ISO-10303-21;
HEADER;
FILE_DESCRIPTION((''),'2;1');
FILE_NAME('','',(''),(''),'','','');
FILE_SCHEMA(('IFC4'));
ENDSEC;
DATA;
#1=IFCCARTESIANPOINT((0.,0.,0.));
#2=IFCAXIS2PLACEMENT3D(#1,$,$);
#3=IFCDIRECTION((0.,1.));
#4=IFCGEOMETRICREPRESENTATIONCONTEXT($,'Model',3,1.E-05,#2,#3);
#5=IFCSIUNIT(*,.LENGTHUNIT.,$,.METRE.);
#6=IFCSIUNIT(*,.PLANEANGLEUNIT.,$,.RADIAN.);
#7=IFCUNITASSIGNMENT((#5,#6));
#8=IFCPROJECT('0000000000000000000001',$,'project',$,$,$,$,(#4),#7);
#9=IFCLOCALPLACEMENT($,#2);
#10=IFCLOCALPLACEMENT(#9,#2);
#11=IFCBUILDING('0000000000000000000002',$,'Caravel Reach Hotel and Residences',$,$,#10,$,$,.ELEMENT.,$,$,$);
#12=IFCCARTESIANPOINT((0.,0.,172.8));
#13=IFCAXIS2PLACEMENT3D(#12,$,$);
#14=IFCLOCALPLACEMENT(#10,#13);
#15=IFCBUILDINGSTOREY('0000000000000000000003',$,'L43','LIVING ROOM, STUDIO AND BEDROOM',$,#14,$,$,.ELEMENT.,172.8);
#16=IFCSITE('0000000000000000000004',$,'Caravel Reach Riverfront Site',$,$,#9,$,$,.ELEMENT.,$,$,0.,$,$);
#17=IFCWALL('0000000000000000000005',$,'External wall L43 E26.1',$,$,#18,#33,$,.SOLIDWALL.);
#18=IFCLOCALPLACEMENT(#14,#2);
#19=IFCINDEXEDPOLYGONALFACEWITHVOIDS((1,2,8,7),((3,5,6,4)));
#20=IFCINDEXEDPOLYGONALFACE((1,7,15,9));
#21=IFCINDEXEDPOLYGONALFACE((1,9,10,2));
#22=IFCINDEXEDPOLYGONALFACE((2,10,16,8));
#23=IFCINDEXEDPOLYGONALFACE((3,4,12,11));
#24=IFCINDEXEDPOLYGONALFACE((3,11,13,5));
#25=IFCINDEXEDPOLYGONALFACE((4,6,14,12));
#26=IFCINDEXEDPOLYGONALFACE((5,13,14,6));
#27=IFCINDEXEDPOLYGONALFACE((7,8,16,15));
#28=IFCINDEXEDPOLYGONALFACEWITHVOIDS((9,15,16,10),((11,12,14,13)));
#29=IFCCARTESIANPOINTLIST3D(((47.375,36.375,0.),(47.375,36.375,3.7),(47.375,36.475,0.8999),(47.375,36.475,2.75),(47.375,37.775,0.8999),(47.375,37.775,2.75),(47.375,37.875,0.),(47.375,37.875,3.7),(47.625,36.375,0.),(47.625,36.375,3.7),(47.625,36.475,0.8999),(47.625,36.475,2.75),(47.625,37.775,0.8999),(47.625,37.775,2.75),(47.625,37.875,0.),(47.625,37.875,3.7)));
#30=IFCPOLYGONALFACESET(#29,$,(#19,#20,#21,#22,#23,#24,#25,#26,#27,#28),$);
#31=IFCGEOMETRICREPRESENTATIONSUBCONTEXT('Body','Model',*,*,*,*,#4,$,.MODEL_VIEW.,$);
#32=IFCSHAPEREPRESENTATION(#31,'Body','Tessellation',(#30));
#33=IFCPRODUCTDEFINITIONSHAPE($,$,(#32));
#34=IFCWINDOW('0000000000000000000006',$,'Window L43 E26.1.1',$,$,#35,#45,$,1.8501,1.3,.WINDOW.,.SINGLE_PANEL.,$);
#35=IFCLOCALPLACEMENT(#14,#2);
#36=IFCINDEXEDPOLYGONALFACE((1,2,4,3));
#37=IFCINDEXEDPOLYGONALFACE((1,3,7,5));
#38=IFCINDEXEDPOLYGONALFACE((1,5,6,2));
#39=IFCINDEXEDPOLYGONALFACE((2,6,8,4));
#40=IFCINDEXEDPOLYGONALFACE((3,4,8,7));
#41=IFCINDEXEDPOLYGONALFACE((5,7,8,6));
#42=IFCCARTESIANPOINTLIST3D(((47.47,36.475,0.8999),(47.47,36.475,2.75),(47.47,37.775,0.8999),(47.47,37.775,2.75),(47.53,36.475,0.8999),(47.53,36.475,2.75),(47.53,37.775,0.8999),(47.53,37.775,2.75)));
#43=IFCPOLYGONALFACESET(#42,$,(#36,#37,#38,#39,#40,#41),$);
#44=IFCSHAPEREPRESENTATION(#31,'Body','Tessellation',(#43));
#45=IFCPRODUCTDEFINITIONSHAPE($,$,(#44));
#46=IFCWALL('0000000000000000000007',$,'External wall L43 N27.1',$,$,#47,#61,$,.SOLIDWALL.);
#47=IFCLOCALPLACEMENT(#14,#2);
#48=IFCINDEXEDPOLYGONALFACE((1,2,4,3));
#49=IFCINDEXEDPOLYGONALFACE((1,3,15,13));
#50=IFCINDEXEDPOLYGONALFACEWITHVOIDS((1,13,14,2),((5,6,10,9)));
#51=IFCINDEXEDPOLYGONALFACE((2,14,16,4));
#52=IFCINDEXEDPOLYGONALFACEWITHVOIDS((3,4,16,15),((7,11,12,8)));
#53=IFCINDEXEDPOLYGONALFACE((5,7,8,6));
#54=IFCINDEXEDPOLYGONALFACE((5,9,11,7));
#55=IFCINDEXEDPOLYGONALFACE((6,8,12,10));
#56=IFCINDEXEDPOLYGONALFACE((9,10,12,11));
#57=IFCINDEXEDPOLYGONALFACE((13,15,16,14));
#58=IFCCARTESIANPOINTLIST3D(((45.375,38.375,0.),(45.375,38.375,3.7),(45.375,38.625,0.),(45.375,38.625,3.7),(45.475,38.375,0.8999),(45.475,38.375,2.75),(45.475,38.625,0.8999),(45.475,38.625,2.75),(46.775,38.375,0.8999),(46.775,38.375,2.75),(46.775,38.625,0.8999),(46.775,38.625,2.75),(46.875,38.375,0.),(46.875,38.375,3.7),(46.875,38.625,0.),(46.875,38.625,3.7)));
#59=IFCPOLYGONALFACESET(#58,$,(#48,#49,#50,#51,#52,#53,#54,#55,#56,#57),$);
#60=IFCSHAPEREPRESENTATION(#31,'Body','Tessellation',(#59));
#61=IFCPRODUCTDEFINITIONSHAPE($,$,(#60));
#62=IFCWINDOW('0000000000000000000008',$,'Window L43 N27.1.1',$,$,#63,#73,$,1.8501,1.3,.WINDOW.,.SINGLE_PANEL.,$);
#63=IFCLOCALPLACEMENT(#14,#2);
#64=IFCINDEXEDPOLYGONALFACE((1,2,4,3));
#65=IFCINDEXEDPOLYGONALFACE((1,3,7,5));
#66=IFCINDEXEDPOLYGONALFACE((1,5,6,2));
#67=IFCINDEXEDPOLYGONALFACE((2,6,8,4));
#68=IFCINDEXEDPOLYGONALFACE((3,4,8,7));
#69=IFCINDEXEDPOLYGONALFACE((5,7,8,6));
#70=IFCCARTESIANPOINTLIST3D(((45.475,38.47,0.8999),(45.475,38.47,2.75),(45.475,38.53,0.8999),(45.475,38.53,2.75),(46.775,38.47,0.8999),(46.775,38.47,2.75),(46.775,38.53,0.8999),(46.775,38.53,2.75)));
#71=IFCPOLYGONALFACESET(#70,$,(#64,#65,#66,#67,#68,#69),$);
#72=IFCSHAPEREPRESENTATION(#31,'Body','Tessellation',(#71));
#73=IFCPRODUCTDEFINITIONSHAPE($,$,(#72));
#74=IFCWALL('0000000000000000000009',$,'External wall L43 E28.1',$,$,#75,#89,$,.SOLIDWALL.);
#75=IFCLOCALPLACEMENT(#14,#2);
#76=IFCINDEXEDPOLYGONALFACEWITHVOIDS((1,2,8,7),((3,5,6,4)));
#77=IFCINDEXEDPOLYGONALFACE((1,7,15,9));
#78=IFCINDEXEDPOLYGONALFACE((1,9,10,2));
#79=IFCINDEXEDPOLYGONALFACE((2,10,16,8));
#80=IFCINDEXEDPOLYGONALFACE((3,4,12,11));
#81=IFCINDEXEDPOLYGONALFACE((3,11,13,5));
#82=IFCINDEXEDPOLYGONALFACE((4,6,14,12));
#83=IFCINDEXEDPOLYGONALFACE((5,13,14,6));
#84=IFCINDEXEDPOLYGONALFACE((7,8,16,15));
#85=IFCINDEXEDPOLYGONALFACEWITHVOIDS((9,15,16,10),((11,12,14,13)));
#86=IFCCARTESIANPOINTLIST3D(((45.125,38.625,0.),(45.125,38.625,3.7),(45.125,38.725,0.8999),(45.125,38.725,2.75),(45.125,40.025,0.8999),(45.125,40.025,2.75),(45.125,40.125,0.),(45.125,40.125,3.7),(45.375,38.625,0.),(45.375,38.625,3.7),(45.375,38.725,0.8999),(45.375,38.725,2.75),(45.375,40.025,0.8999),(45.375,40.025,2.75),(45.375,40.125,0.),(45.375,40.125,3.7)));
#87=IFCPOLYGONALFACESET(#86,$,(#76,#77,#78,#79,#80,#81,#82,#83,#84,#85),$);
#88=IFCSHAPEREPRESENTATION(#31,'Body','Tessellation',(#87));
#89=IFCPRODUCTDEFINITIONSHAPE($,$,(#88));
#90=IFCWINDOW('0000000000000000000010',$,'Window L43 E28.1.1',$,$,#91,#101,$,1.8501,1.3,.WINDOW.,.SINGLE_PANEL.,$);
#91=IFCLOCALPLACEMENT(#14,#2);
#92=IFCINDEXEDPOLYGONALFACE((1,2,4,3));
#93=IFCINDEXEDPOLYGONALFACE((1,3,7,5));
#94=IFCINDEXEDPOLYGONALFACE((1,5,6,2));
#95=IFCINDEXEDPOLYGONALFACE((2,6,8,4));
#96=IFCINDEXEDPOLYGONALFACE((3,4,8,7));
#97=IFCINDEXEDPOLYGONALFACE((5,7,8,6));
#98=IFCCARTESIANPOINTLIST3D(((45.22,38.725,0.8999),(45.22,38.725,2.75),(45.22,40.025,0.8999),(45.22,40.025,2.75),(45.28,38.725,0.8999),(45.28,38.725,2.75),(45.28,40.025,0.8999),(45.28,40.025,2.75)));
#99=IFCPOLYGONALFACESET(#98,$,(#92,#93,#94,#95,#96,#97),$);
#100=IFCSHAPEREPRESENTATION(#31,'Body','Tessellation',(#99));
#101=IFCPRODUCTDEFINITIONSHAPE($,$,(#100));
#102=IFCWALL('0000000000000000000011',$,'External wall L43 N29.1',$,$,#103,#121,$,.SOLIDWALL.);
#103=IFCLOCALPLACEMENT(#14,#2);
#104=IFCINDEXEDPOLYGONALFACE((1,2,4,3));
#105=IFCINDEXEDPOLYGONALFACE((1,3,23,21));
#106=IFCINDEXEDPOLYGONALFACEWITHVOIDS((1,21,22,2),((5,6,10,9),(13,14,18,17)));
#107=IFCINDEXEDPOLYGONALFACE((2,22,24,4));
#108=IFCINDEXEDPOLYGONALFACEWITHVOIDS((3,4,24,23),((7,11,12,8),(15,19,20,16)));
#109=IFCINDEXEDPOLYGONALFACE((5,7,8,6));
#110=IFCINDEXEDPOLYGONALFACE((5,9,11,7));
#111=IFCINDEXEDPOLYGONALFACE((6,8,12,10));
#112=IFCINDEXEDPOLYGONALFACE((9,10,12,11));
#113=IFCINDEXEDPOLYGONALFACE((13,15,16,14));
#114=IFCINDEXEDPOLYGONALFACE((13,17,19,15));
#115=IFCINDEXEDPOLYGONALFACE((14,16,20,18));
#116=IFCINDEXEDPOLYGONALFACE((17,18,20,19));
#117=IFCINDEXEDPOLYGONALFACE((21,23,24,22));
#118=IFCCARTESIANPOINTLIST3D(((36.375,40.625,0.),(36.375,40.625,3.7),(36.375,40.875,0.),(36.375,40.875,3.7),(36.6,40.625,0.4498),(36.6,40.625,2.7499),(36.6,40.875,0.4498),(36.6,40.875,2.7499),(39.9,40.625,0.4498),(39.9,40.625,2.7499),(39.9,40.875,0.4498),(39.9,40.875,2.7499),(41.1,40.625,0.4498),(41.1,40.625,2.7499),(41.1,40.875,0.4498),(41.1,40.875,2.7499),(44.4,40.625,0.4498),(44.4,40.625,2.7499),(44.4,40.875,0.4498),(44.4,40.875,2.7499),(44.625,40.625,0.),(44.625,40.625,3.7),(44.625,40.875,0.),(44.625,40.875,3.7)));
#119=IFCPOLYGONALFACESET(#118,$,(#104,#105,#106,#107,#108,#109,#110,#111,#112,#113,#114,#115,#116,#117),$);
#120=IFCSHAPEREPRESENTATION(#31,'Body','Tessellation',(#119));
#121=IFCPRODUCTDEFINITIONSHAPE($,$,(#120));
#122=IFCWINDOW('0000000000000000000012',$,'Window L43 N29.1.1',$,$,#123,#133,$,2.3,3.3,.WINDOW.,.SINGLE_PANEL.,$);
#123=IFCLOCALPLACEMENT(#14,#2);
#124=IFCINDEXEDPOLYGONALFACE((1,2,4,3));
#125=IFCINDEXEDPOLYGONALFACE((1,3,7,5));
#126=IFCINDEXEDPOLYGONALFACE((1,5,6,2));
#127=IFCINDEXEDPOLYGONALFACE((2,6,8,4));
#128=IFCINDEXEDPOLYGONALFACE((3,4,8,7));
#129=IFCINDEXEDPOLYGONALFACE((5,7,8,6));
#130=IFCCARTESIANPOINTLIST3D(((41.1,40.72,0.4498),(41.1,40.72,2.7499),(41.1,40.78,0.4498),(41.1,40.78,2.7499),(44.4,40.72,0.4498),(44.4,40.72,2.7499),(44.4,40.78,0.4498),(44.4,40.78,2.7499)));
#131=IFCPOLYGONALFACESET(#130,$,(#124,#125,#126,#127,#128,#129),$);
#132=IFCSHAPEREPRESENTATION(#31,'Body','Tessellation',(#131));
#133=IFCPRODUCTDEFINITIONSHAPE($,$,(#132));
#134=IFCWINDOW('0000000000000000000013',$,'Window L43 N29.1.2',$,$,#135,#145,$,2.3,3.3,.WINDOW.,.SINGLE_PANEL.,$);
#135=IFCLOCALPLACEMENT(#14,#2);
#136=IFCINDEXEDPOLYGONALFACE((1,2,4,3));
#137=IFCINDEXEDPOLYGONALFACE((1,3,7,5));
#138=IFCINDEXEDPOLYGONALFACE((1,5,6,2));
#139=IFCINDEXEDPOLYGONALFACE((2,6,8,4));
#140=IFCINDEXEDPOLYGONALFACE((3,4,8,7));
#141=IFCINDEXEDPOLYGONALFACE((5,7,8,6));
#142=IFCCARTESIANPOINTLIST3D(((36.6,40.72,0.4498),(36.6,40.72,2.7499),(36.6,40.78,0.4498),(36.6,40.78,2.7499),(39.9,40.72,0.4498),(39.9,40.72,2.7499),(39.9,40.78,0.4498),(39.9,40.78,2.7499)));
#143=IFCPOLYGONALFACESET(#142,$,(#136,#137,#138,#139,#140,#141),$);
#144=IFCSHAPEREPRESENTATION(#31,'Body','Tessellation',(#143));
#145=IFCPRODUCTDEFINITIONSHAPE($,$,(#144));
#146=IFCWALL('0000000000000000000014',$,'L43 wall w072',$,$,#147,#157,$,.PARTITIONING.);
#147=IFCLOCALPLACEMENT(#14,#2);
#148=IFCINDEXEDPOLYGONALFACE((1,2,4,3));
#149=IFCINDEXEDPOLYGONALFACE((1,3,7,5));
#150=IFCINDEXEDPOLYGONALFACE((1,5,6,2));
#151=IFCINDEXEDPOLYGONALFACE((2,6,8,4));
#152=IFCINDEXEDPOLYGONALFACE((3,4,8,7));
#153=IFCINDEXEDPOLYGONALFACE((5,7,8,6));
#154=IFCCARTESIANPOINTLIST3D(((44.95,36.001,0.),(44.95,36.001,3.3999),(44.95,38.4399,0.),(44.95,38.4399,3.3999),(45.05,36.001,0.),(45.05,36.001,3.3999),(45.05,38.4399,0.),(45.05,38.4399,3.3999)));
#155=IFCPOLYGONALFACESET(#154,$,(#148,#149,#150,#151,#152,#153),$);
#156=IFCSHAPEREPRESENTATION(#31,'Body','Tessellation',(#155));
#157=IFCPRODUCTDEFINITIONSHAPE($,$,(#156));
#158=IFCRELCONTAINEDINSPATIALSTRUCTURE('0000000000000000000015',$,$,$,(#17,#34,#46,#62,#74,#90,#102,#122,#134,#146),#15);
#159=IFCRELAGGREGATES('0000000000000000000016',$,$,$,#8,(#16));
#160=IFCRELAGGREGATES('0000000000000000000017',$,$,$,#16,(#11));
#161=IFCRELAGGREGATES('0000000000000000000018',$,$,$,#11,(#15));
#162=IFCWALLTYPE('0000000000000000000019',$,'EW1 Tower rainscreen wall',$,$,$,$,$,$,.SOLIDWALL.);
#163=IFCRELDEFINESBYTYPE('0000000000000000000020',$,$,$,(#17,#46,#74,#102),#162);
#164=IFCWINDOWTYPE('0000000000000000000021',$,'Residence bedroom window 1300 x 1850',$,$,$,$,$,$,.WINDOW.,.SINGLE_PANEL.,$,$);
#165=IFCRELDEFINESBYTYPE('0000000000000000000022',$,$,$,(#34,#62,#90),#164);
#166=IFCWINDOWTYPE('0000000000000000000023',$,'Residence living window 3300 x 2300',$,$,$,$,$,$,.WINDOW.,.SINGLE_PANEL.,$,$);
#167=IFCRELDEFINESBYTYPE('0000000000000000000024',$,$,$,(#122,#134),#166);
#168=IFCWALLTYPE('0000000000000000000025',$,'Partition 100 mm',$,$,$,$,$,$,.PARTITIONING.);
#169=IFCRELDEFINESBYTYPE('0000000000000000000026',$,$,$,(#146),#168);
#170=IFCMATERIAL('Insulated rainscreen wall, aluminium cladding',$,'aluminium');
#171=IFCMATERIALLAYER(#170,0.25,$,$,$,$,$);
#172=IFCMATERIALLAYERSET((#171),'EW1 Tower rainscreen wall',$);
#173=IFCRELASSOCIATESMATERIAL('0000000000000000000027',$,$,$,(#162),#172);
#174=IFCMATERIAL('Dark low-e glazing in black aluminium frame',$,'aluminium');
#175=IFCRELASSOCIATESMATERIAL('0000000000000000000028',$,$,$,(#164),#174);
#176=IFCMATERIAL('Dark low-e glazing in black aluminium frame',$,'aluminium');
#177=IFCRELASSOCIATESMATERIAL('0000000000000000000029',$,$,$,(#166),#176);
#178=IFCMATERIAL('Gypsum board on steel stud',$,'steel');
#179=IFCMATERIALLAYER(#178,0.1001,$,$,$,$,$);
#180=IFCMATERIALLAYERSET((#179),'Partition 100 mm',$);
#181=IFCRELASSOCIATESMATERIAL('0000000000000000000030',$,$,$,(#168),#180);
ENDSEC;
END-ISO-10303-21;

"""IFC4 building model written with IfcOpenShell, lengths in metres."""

from ifc_helpers import new_model, si_unit, direction, frame, frame_2d, origin, place, context, subcontext, project, spatial, rectangle, extrude, material, layer, layer_set, type_object, element, fill, save


model = new_model("IFC4")

# Units and contexts
model_context = context("Model", 3, precision=1e-05, world=origin(), true_north=direction((0.0, 1.0)))
body_context = subcontext(model_context, "Body", "Model", "MODEL_VIEW")
ifc_project = project(units=[si_unit("LENGTHUNIT", "METRE"), si_unit("PLANEANGLEUNIT", "RADIAN")], contexts=[model_context])

# Site, building, storey
site_placement = place(None, origin())
site = spatial("IfcSite", under=ifc_project, at=site_placement, Name="Caravel Reach Riverfront Site", CompositionType="ELEMENT", RefElevation=0.0)
building_placement = place(site_placement, origin())
building = spatial("IfcBuilding", under=site, at=building_placement, Name="Caravel Reach Hotel and Residences", CompositionType="ELEMENT")
storey_placement = place(building_placement, frame((0.0, 0.0, 172.8)))
storey = spatial("IfcBuildingStorey", under=building, at=storey_placement, Name="L43", Description="LIVING ROOM, STUDIO AND BEDROOM", CompositionType="ELEMENT", Elevation=172.8)

# Walls, openings, windows
ifc_material_1 = material(Name="Insulated rainscreen wall, aluminium cladding", Category="aluminium")
ifc_layer_1 = layer(ifc_material_1, 0.25)
ifc_layer_set_1 = layer_set([ifc_layer_1], Name="EW1 Tower rainscreen wall")
wall_type_1 = type_object("IfcWallType", Name="EW1 Tower rainscreen wall", PredefinedType="SOLIDWALL", material=ifc_layer_set_1)
wall_1_placement = place(storey_placement, frame((47.5, 36.375, 0.0), z_axis=(0.0, 0.0, 1.0), x_axis=(0.0, 1.0, 0.0)))
wall_1 = element("IfcWall", 1, at=wall_1_placement, inside=storey, type_object=wall_type_1, Name="External wall L43 E26.1", PredefinedType="SOLIDWALL", context=body_context, shape_type="SweptSolid", body=[
    extrude(rectangle(XDim=1.5, YDim=0.25, at=frame_2d((0.75, 0.0))), origin(), (0.0, 0.0, 1.0), 3.7),
])
opening_1_placement = place(wall_1_placement, frame((0.1001, 0.0, 0.8999)))
opening_1 = element("IfcOpeningElement", 2, at=opening_1_placement, cuts=wall_1, PredefinedType="OPENING", context=body_context, shape_type="SweptSolid", body=[
    extrude(rectangle(XDim=1.3, YDim=1.8501, at=frame_2d((0.6499, 0.925))), frame((0.0, 0.135, 0.0), z_axis=(0.0, -1.0, 0.0), x_axis=(1.0, 0.0, 0.0)), (0.0, 0.0, 1.0), 0.27),
])
ifc_material_2 = material(Name="Dark low-e glazing in black aluminium frame", Category="aluminium")
window_type_1 = type_object("IfcWindowType", Name="Residence bedroom window 1300 x 1850", PartitioningType="SINGLE_PANEL", PredefinedType="WINDOW", material=ifc_material_2)
window_1_placement = place(opening_1_placement, origin())
window_1 = element("IfcWindow", 3, at=window_1_placement, inside=storey, type_object=window_type_1, Name="Window L43 E26.1.1", OverallHeight=1.8501, OverallWidth=1.3, PartitioningType="SINGLE_PANEL", PredefinedType="WINDOW", context=body_context, shape_type="SweptSolid", body=[
    extrude(rectangle(XDim=1.3, YDim=1.8501, at=frame_2d((0.6499, 0.925))), frame((0.0, 0.03, 0.0), z_axis=(0.0, -1.0, 0.0), x_axis=(1.0, 0.0, 0.0)), (0.0, 0.0, 1.0), 0.0601),
])
fill(opening_1, window_1)
wall_2_placement = place(storey_placement, frame((46.875, 38.5, 0.0), z_axis=(0.0, 0.0, 1.0), x_axis=(-1.0, 0.0, 0.0)))
wall_2 = element("IfcWall", 4, at=wall_2_placement, inside=storey, type_object=wall_type_1, Name="External wall L43 N27.1", PredefinedType="SOLIDWALL", context=body_context, shape_type="SweptSolid", body=[
    extrude(rectangle(XDim=1.5, YDim=0.25, at=frame_2d((0.75, 0.0))), origin(), (0.0, 0.0, 1.0), 3.7),
])
opening_2_placement = place(wall_2_placement, frame((0.1001, 0.0, 0.8999)))
opening_2 = element("IfcOpeningElement", 5, at=opening_2_placement, cuts=wall_2, PredefinedType="OPENING", context=body_context, shape_type="SweptSolid", body=[
    extrude(rectangle(XDim=1.3, YDim=1.8501, at=frame_2d((0.6499, 0.925))), frame((0.0, 0.135, 0.0), z_axis=(0.0, -1.0, 0.0), x_axis=(1.0, 0.0, 0.0)), (0.0, 0.0, 1.0), 0.27),
])
window_2_placement = place(opening_2_placement, origin())
window_2 = element("IfcWindow", 6, at=window_2_placement, inside=storey, type_object=window_type_1, Name="Window L43 N27.1.1", OverallHeight=1.8501, OverallWidth=1.3, PartitioningType="SINGLE_PANEL", PredefinedType="WINDOW", context=body_context, shape_type="SweptSolid", body=[
    extrude(rectangle(XDim=1.3, YDim=1.8501, at=frame_2d((0.6499, 0.925))), frame((0.0, 0.03, 0.0), z_axis=(0.0, -1.0, 0.0), x_axis=(1.0, 0.0, 0.0)), (0.0, 0.0, 1.0), 0.0601),
])
fill(opening_2, window_2)
wall_3_placement = place(storey_placement, frame((45.25, 38.625, 0.0), z_axis=(0.0, 0.0, 1.0), x_axis=(0.0, 1.0, 0.0)))
wall_3 = element("IfcWall", 7, at=wall_3_placement, inside=storey, type_object=wall_type_1, Name="External wall L43 E28.1", PredefinedType="SOLIDWALL", context=body_context, shape_type="SweptSolid", body=[
    extrude(rectangle(XDim=1.5, YDim=0.25, at=frame_2d((0.75, 0.0))), origin(), (0.0, 0.0, 1.0), 3.7),
])
opening_3_placement = place(wall_3_placement, frame((0.1001, 0.0, 0.8999)))
opening_3 = element("IfcOpeningElement", 8, at=opening_3_placement, cuts=wall_3, PredefinedType="OPENING", context=body_context, shape_type="SweptSolid", body=[
    extrude(rectangle(XDim=1.3, YDim=1.8501, at=frame_2d((0.6499, 0.925))), frame((0.0, 0.135, 0.0), z_axis=(0.0, -1.0, 0.0), x_axis=(1.0, 0.0, 0.0)), (0.0, 0.0, 1.0), 0.27),
])
window_3_placement = place(opening_3_placement, origin())
window_3 = element("IfcWindow", 9, at=window_3_placement, inside=storey, type_object=window_type_1, Name="Window L43 E28.1.1", OverallHeight=1.8501, OverallWidth=1.3, PartitioningType="SINGLE_PANEL", PredefinedType="WINDOW", context=body_context, shape_type="SweptSolid", body=[
    extrude(rectangle(XDim=1.3, YDim=1.8501, at=frame_2d((0.6499, 0.925))), frame((0.0, 0.03, 0.0), z_axis=(0.0, -1.0, 0.0), x_axis=(1.0, 0.0, 0.0)), (0.0, 0.0, 1.0), 0.0601),
])
fill(opening_3, window_3)

# Wall, openings, windows
wall_4_placement = place(storey_placement, frame((44.625, 40.75, 0.0), z_axis=(0.0, 0.0, 1.0), x_axis=(-1.0, 0.0, 0.0)))
wall_4 = element("IfcWall", 10, at=wall_4_placement, inside=storey, type_object=wall_type_1, Name="External wall L43 N29.1", PredefinedType="SOLIDWALL", context=body_context, shape_type="SweptSolid", body=[
    extrude(rectangle(XDim=8.25, YDim=0.25, at=frame_2d((4.125, 0.0))), origin(), (0.0, 0.0, 1.0), 3.7),
])
opening_4_placement = place(wall_4_placement, frame((0.2251, 0.0, 0.45)))
opening_4 = element("IfcOpeningElement", 11, at=opening_4_placement, cuts=wall_4, PredefinedType="OPENING", context=body_context, shape_type="SweptSolid", body=[
    extrude(rectangle(XDim=3.3, YDim=2.3, at=frame_2d((1.6499, 1.1499))), frame((0.0, 0.135, 0.0), z_axis=(0.0, -1.0, 0.0), x_axis=(1.0, 0.0, 0.0)), (0.0, 0.0, 1.0), 0.27),
])
opening_5_placement = place(wall_4_placement, frame((4.7251, 0.0, 0.45)))
opening_5 = element("IfcOpeningElement", 12, at=opening_5_placement, cuts=wall_4, PredefinedType="OPENING", context=body_context, shape_type="SweptSolid", body=[
    extrude(rectangle(XDim=3.3, YDim=2.3, at=frame_2d((1.6499, 1.1499))), frame((0.0, 0.135, 0.0), z_axis=(0.0, -1.0, 0.0), x_axis=(1.0, 0.0, 0.0)), (0.0, 0.0, 1.0), 0.27),
])
ifc_material_3 = material(Name="Dark low-e glazing in black aluminium frame", Category="aluminium")
window_type_2 = type_object("IfcWindowType", Name="Residence living window 3300 x 2300", PartitioningType="SINGLE_PANEL", PredefinedType="WINDOW", material=ifc_material_3)
window_4_placement = place(opening_4_placement, origin())
window_4 = element("IfcWindow", 13, at=window_4_placement, inside=storey, type_object=window_type_2, Name="Window L43 N29.1.1", OverallHeight=2.3, OverallWidth=3.3, PartitioningType="SINGLE_PANEL", PredefinedType="WINDOW", context=body_context, shape_type="SweptSolid", body=[
    extrude(rectangle(XDim=3.3, YDim=2.3, at=frame_2d((1.6499, 1.1499))), frame((0.0, 0.03, 0.0), z_axis=(0.0, -1.0, 0.0), x_axis=(1.0, 0.0, 0.0)), (0.0, 0.0, 1.0), 0.0601),
])
fill(opening_4, window_4)
window_5_placement = place(opening_5_placement, origin())
window_5 = element("IfcWindow", 14, at=window_5_placement, inside=storey, type_object=window_type_2, Name="Window L43 N29.1.2", OverallHeight=2.3, OverallWidth=3.3, PartitioningType="SINGLE_PANEL", PredefinedType="WINDOW", context=body_context, shape_type="SweptSolid", body=[
    extrude(rectangle(XDim=3.3, YDim=2.3, at=frame_2d((1.6499, 1.1499))), frame((0.0, 0.03, 0.0), z_axis=(0.0, -1.0, 0.0), x_axis=(1.0, 0.0, 0.0)), (0.0, 0.0, 1.0), 0.0601),
])
fill(opening_5, window_5)

# Wall
ifc_material_4 = material(Name="Gypsum board on steel stud", Category="steel")
ifc_layer_2 = layer(ifc_material_4, 0.1001)
ifc_layer_set_2 = layer_set([ifc_layer_2], Name="Partition 100 mm")
wall_type_2 = type_object("IfcWallType", Name="Partition 100 mm", PredefinedType="PARTITIONING", material=ifc_layer_set_2)
wall_5_placement = place(storey_placement, frame((45.0, 36.001, 0.0), z_axis=(0.0, 0.0, 1.0), x_axis=(0.0, 1.0, 0.0)))
element("IfcWall", 15, at=wall_5_placement, inside=storey, type_object=wall_type_2, Name="L43 wall w072", PredefinedType="PARTITIONING", context=body_context, shape_type="SweptSolid", body=[
    extrude(rectangle(XDim=2.439, YDim=0.1001, at=frame_2d((1.2195, 0.0))), origin(), (0.0, 0.0, 1.0), 3.3999),
])

save(model, "model.ifc")
